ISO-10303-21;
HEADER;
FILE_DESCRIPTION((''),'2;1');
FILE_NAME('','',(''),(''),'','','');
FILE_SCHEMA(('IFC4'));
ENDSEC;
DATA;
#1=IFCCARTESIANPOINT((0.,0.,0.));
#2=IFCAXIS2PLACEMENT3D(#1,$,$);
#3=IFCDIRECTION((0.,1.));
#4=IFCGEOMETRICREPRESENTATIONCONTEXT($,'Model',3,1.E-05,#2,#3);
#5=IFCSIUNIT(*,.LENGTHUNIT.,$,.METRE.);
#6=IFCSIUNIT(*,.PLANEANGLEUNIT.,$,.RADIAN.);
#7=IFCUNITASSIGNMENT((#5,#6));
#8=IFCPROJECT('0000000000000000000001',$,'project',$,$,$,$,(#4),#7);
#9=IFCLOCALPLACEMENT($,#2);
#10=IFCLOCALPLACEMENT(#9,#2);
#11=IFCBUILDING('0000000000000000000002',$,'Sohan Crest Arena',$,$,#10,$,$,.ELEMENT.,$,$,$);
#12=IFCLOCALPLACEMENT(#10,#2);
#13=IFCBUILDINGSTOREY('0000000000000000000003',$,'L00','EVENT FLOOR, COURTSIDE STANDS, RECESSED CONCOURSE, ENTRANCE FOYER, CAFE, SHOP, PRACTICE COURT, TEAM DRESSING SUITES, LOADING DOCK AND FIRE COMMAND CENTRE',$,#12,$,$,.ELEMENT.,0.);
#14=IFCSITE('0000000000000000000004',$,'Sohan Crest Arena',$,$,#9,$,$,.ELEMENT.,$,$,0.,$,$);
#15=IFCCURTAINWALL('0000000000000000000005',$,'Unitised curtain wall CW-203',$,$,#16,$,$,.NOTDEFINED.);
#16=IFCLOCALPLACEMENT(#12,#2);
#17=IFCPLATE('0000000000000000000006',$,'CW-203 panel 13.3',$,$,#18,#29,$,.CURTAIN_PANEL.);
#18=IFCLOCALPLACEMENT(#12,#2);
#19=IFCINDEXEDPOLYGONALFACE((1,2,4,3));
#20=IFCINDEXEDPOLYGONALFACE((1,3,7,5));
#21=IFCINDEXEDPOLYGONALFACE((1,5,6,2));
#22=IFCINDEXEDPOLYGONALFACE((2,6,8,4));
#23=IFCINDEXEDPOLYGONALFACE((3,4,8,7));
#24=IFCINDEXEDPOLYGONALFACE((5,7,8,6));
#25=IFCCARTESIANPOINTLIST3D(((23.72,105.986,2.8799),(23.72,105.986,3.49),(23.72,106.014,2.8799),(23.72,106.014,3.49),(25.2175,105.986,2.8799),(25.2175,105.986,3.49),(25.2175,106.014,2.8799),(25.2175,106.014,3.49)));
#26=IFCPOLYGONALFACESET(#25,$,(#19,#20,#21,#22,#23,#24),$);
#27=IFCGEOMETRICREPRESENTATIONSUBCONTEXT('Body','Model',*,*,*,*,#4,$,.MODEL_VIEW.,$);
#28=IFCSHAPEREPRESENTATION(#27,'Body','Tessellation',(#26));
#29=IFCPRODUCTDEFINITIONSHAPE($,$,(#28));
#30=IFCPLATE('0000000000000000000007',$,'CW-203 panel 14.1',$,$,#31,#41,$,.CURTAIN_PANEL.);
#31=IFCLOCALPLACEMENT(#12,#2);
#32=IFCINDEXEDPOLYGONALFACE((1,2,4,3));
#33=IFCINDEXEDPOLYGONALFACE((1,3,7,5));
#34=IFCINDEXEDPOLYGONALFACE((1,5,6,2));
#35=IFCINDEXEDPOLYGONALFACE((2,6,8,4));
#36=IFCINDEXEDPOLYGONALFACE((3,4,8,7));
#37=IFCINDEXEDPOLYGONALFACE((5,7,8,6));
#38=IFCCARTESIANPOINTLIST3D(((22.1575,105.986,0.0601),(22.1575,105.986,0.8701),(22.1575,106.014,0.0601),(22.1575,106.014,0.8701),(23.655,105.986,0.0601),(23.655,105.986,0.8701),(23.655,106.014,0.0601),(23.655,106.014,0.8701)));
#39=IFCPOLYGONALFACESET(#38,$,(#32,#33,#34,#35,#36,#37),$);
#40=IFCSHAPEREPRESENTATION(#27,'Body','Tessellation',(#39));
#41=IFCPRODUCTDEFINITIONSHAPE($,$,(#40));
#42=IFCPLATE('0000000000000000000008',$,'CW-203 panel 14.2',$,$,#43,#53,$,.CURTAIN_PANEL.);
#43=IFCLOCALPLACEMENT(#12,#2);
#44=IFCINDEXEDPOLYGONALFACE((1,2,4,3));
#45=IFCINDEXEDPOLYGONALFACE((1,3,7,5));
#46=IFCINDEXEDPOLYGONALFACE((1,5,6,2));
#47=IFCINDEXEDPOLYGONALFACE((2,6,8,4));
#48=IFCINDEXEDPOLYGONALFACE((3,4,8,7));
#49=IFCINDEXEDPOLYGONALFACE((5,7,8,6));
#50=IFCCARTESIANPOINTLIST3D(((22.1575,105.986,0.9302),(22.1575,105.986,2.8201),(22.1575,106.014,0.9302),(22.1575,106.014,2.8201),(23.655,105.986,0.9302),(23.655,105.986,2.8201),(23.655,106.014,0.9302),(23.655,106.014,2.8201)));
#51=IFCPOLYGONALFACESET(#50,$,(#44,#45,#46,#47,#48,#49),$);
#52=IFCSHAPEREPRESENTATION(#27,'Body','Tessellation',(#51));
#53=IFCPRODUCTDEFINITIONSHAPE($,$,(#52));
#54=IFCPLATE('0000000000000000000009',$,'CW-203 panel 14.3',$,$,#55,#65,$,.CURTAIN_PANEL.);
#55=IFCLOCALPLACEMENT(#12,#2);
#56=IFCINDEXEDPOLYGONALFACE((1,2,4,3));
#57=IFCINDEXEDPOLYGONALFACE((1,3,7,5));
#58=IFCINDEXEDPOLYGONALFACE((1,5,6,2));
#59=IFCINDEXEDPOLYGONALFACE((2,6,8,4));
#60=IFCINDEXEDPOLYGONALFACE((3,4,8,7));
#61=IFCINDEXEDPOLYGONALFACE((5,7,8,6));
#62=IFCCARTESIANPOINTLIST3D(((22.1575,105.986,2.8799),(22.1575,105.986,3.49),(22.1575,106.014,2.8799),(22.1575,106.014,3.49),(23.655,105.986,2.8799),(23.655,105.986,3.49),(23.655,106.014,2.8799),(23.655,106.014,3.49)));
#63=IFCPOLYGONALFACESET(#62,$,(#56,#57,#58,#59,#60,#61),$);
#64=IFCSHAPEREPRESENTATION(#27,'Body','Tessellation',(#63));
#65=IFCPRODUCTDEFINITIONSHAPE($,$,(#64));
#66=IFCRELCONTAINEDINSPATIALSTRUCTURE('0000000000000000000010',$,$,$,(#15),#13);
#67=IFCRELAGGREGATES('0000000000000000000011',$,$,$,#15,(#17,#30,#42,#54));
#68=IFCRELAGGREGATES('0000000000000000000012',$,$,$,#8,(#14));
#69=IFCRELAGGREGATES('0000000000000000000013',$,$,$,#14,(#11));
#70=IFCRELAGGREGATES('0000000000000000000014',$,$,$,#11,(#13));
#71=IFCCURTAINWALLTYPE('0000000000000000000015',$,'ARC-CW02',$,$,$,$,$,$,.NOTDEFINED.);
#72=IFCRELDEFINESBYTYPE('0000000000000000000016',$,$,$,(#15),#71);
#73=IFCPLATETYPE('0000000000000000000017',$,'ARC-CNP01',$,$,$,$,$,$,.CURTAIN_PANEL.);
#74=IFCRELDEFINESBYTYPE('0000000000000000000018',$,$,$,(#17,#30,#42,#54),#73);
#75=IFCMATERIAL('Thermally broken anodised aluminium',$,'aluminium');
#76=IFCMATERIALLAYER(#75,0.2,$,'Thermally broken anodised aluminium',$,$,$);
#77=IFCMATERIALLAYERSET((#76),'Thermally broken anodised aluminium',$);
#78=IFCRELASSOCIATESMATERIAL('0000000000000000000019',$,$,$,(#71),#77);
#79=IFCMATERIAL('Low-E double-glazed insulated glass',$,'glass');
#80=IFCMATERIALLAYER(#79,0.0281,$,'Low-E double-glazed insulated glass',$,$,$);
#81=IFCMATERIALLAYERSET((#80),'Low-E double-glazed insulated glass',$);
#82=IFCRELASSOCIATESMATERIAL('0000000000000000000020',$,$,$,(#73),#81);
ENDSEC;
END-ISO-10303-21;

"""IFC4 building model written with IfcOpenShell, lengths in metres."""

from ifc_helpers import new_model, si_unit, direction, frame, origin, origin_2d, place, context, subcontext, project, spatial, rectangle, extrude, material, layer, layer_set, type_object, element, aggregate, save


model = new_model("IFC4")

# Units and contexts
model_context = context("Model", 3, precision=1e-05, world=origin(), true_north=direction((0.0, 1.0)))
body_context = subcontext(model_context, "Body", "Model", "MODEL_VIEW")
ifc_project = project(units=[si_unit("LENGTHUNIT", "METRE"), si_unit("PLANEANGLEUNIT", "RADIAN")], contexts=[model_context])

# Site, building, storey
site_placement = place(None, origin())
site = spatial("IfcSite", under=ifc_project, at=site_placement, Name="Sohan Crest Arena", CompositionType="ELEMENT", RefElevation=0.0)
building_placement = place(site_placement, origin())
building = spatial("IfcBuilding", under=site, at=building_placement, Name="Sohan Crest Arena", CompositionType="ELEMENT")
storey_placement = place(building_placement, origin())
storey = spatial("IfcBuildingStorey", under=building, at=storey_placement, Name="L00", Description="EVENT FLOOR, COURTSIDE STANDS, RECESSED CONCOURSE, ENTRANCE FOYER, CAFE, SHOP, PRACTICE COURT, TEAM DRESSING SUITES, LOADING DOCK AND FIRE COMMAND CENTRE", CompositionType="ELEMENT", Elevation=0.0)

# Curtain wall
ifc_material_1 = material(Name="Thermally broken anodised aluminium", Category="aluminium")
ifc_layer_1 = layer(ifc_material_1, 0.2, Name="Thermally broken anodised aluminium")
ifc_layer_set_1 = layer_set([ifc_layer_1], Name="Thermally broken anodised aluminium")
curtain_wall_type = type_object("IfcCurtainWallType", Name="ARC-CW02", PredefinedType="NOTDEFINED", material=ifc_layer_set_1)
curtain_wall_placement = place(storey_placement, origin())
curtain_wall = element("IfcCurtainWall", 1, at=curtain_wall_placement, inside=storey, type_object=curtain_wall_type, Name="Unitised curtain wall CW-203", PredefinedType="NOTDEFINED")

# Plates
ifc_material_2 = material(Name="Low-E double-glazed insulated glass", Category="glass")
ifc_layer_2 = layer(ifc_material_2, 0.0281, Name="Low-E double-glazed insulated glass")
ifc_layer_set_2 = layer_set([ifc_layer_2], Name="Low-E double-glazed insulated glass")
plate_type = type_object("IfcPlateType", Name="ARC-CNP01", PredefinedType="CURTAIN_PANEL", material=ifc_layer_set_2)
plate_1_placement = place(storey_placement, frame((24.4688, 106.0, 2.8799), z_axis=(0.0, 0.0, 1.0), x_axis=(-1.0, 0.0, 0.0)))
plate_1 = element("IfcPlate", 2, at=plate_1_placement, type_object=plate_type, Name="CW-203 panel 13.3", PredefinedType="CURTAIN_PANEL", context=body_context, shape_type="SweptSolid", body=[
    extrude(rectangle(XDim=1.4976, YDim=0.0281, at=origin_2d()), origin(), (0.0, 0.0, 1.0), 0.6101),
])
plate_2_placement = place(storey_placement, frame((22.9062, 106.0, 0.0601), z_axis=(0.0, 0.0, 1.0), x_axis=(-1.0, 0.0, 0.0)))
plate_2 = element("IfcPlate", 3, at=plate_2_placement, type_object=plate_type, Name="CW-203 panel 14.1", PredefinedType="CURTAIN_PANEL", context=body_context, shape_type="SweptSolid", body=[
    extrude(rectangle(XDim=1.4976, YDim=0.0281, at=origin_2d()), origin(), (0.0, 0.0, 1.0), 0.8101),
])
plate_3_placement = place(storey_placement, frame((22.9062, 106.0, 0.9302), z_axis=(0.0, 0.0, 1.0), x_axis=(-1.0, 0.0, 0.0)))
plate_3 = element("IfcPlate", 4, at=plate_3_placement, type_object=plate_type, Name="CW-203 panel 14.2", PredefinedType="CURTAIN_PANEL", context=body_context, shape_type="SweptSolid", body=[
    extrude(rectangle(XDim=1.4976, YDim=0.0281, at=origin_2d()), origin(), (0.0, 0.0, 1.0), 1.8899),
])
plate_4_placement = place(storey_placement, frame((22.9062, 106.0, 2.8799), z_axis=(0.0, 0.0, 1.0), x_axis=(-1.0, 0.0, 0.0)))
plate_4 = element("IfcPlate", 5, at=plate_4_placement, type_object=plate_type, Name="CW-203 panel 14.3", PredefinedType="CURTAIN_PANEL", context=body_context, shape_type="SweptSolid", body=[
    extrude(rectangle(XDim=1.4976, YDim=0.0281, at=origin_2d()), origin(), (0.0, 0.0, 1.0), 0.6101),
])
aggregate(curtain_wall, [plate_1, plate_2, plate_3, plate_4])

save(model, "model.ifc")
